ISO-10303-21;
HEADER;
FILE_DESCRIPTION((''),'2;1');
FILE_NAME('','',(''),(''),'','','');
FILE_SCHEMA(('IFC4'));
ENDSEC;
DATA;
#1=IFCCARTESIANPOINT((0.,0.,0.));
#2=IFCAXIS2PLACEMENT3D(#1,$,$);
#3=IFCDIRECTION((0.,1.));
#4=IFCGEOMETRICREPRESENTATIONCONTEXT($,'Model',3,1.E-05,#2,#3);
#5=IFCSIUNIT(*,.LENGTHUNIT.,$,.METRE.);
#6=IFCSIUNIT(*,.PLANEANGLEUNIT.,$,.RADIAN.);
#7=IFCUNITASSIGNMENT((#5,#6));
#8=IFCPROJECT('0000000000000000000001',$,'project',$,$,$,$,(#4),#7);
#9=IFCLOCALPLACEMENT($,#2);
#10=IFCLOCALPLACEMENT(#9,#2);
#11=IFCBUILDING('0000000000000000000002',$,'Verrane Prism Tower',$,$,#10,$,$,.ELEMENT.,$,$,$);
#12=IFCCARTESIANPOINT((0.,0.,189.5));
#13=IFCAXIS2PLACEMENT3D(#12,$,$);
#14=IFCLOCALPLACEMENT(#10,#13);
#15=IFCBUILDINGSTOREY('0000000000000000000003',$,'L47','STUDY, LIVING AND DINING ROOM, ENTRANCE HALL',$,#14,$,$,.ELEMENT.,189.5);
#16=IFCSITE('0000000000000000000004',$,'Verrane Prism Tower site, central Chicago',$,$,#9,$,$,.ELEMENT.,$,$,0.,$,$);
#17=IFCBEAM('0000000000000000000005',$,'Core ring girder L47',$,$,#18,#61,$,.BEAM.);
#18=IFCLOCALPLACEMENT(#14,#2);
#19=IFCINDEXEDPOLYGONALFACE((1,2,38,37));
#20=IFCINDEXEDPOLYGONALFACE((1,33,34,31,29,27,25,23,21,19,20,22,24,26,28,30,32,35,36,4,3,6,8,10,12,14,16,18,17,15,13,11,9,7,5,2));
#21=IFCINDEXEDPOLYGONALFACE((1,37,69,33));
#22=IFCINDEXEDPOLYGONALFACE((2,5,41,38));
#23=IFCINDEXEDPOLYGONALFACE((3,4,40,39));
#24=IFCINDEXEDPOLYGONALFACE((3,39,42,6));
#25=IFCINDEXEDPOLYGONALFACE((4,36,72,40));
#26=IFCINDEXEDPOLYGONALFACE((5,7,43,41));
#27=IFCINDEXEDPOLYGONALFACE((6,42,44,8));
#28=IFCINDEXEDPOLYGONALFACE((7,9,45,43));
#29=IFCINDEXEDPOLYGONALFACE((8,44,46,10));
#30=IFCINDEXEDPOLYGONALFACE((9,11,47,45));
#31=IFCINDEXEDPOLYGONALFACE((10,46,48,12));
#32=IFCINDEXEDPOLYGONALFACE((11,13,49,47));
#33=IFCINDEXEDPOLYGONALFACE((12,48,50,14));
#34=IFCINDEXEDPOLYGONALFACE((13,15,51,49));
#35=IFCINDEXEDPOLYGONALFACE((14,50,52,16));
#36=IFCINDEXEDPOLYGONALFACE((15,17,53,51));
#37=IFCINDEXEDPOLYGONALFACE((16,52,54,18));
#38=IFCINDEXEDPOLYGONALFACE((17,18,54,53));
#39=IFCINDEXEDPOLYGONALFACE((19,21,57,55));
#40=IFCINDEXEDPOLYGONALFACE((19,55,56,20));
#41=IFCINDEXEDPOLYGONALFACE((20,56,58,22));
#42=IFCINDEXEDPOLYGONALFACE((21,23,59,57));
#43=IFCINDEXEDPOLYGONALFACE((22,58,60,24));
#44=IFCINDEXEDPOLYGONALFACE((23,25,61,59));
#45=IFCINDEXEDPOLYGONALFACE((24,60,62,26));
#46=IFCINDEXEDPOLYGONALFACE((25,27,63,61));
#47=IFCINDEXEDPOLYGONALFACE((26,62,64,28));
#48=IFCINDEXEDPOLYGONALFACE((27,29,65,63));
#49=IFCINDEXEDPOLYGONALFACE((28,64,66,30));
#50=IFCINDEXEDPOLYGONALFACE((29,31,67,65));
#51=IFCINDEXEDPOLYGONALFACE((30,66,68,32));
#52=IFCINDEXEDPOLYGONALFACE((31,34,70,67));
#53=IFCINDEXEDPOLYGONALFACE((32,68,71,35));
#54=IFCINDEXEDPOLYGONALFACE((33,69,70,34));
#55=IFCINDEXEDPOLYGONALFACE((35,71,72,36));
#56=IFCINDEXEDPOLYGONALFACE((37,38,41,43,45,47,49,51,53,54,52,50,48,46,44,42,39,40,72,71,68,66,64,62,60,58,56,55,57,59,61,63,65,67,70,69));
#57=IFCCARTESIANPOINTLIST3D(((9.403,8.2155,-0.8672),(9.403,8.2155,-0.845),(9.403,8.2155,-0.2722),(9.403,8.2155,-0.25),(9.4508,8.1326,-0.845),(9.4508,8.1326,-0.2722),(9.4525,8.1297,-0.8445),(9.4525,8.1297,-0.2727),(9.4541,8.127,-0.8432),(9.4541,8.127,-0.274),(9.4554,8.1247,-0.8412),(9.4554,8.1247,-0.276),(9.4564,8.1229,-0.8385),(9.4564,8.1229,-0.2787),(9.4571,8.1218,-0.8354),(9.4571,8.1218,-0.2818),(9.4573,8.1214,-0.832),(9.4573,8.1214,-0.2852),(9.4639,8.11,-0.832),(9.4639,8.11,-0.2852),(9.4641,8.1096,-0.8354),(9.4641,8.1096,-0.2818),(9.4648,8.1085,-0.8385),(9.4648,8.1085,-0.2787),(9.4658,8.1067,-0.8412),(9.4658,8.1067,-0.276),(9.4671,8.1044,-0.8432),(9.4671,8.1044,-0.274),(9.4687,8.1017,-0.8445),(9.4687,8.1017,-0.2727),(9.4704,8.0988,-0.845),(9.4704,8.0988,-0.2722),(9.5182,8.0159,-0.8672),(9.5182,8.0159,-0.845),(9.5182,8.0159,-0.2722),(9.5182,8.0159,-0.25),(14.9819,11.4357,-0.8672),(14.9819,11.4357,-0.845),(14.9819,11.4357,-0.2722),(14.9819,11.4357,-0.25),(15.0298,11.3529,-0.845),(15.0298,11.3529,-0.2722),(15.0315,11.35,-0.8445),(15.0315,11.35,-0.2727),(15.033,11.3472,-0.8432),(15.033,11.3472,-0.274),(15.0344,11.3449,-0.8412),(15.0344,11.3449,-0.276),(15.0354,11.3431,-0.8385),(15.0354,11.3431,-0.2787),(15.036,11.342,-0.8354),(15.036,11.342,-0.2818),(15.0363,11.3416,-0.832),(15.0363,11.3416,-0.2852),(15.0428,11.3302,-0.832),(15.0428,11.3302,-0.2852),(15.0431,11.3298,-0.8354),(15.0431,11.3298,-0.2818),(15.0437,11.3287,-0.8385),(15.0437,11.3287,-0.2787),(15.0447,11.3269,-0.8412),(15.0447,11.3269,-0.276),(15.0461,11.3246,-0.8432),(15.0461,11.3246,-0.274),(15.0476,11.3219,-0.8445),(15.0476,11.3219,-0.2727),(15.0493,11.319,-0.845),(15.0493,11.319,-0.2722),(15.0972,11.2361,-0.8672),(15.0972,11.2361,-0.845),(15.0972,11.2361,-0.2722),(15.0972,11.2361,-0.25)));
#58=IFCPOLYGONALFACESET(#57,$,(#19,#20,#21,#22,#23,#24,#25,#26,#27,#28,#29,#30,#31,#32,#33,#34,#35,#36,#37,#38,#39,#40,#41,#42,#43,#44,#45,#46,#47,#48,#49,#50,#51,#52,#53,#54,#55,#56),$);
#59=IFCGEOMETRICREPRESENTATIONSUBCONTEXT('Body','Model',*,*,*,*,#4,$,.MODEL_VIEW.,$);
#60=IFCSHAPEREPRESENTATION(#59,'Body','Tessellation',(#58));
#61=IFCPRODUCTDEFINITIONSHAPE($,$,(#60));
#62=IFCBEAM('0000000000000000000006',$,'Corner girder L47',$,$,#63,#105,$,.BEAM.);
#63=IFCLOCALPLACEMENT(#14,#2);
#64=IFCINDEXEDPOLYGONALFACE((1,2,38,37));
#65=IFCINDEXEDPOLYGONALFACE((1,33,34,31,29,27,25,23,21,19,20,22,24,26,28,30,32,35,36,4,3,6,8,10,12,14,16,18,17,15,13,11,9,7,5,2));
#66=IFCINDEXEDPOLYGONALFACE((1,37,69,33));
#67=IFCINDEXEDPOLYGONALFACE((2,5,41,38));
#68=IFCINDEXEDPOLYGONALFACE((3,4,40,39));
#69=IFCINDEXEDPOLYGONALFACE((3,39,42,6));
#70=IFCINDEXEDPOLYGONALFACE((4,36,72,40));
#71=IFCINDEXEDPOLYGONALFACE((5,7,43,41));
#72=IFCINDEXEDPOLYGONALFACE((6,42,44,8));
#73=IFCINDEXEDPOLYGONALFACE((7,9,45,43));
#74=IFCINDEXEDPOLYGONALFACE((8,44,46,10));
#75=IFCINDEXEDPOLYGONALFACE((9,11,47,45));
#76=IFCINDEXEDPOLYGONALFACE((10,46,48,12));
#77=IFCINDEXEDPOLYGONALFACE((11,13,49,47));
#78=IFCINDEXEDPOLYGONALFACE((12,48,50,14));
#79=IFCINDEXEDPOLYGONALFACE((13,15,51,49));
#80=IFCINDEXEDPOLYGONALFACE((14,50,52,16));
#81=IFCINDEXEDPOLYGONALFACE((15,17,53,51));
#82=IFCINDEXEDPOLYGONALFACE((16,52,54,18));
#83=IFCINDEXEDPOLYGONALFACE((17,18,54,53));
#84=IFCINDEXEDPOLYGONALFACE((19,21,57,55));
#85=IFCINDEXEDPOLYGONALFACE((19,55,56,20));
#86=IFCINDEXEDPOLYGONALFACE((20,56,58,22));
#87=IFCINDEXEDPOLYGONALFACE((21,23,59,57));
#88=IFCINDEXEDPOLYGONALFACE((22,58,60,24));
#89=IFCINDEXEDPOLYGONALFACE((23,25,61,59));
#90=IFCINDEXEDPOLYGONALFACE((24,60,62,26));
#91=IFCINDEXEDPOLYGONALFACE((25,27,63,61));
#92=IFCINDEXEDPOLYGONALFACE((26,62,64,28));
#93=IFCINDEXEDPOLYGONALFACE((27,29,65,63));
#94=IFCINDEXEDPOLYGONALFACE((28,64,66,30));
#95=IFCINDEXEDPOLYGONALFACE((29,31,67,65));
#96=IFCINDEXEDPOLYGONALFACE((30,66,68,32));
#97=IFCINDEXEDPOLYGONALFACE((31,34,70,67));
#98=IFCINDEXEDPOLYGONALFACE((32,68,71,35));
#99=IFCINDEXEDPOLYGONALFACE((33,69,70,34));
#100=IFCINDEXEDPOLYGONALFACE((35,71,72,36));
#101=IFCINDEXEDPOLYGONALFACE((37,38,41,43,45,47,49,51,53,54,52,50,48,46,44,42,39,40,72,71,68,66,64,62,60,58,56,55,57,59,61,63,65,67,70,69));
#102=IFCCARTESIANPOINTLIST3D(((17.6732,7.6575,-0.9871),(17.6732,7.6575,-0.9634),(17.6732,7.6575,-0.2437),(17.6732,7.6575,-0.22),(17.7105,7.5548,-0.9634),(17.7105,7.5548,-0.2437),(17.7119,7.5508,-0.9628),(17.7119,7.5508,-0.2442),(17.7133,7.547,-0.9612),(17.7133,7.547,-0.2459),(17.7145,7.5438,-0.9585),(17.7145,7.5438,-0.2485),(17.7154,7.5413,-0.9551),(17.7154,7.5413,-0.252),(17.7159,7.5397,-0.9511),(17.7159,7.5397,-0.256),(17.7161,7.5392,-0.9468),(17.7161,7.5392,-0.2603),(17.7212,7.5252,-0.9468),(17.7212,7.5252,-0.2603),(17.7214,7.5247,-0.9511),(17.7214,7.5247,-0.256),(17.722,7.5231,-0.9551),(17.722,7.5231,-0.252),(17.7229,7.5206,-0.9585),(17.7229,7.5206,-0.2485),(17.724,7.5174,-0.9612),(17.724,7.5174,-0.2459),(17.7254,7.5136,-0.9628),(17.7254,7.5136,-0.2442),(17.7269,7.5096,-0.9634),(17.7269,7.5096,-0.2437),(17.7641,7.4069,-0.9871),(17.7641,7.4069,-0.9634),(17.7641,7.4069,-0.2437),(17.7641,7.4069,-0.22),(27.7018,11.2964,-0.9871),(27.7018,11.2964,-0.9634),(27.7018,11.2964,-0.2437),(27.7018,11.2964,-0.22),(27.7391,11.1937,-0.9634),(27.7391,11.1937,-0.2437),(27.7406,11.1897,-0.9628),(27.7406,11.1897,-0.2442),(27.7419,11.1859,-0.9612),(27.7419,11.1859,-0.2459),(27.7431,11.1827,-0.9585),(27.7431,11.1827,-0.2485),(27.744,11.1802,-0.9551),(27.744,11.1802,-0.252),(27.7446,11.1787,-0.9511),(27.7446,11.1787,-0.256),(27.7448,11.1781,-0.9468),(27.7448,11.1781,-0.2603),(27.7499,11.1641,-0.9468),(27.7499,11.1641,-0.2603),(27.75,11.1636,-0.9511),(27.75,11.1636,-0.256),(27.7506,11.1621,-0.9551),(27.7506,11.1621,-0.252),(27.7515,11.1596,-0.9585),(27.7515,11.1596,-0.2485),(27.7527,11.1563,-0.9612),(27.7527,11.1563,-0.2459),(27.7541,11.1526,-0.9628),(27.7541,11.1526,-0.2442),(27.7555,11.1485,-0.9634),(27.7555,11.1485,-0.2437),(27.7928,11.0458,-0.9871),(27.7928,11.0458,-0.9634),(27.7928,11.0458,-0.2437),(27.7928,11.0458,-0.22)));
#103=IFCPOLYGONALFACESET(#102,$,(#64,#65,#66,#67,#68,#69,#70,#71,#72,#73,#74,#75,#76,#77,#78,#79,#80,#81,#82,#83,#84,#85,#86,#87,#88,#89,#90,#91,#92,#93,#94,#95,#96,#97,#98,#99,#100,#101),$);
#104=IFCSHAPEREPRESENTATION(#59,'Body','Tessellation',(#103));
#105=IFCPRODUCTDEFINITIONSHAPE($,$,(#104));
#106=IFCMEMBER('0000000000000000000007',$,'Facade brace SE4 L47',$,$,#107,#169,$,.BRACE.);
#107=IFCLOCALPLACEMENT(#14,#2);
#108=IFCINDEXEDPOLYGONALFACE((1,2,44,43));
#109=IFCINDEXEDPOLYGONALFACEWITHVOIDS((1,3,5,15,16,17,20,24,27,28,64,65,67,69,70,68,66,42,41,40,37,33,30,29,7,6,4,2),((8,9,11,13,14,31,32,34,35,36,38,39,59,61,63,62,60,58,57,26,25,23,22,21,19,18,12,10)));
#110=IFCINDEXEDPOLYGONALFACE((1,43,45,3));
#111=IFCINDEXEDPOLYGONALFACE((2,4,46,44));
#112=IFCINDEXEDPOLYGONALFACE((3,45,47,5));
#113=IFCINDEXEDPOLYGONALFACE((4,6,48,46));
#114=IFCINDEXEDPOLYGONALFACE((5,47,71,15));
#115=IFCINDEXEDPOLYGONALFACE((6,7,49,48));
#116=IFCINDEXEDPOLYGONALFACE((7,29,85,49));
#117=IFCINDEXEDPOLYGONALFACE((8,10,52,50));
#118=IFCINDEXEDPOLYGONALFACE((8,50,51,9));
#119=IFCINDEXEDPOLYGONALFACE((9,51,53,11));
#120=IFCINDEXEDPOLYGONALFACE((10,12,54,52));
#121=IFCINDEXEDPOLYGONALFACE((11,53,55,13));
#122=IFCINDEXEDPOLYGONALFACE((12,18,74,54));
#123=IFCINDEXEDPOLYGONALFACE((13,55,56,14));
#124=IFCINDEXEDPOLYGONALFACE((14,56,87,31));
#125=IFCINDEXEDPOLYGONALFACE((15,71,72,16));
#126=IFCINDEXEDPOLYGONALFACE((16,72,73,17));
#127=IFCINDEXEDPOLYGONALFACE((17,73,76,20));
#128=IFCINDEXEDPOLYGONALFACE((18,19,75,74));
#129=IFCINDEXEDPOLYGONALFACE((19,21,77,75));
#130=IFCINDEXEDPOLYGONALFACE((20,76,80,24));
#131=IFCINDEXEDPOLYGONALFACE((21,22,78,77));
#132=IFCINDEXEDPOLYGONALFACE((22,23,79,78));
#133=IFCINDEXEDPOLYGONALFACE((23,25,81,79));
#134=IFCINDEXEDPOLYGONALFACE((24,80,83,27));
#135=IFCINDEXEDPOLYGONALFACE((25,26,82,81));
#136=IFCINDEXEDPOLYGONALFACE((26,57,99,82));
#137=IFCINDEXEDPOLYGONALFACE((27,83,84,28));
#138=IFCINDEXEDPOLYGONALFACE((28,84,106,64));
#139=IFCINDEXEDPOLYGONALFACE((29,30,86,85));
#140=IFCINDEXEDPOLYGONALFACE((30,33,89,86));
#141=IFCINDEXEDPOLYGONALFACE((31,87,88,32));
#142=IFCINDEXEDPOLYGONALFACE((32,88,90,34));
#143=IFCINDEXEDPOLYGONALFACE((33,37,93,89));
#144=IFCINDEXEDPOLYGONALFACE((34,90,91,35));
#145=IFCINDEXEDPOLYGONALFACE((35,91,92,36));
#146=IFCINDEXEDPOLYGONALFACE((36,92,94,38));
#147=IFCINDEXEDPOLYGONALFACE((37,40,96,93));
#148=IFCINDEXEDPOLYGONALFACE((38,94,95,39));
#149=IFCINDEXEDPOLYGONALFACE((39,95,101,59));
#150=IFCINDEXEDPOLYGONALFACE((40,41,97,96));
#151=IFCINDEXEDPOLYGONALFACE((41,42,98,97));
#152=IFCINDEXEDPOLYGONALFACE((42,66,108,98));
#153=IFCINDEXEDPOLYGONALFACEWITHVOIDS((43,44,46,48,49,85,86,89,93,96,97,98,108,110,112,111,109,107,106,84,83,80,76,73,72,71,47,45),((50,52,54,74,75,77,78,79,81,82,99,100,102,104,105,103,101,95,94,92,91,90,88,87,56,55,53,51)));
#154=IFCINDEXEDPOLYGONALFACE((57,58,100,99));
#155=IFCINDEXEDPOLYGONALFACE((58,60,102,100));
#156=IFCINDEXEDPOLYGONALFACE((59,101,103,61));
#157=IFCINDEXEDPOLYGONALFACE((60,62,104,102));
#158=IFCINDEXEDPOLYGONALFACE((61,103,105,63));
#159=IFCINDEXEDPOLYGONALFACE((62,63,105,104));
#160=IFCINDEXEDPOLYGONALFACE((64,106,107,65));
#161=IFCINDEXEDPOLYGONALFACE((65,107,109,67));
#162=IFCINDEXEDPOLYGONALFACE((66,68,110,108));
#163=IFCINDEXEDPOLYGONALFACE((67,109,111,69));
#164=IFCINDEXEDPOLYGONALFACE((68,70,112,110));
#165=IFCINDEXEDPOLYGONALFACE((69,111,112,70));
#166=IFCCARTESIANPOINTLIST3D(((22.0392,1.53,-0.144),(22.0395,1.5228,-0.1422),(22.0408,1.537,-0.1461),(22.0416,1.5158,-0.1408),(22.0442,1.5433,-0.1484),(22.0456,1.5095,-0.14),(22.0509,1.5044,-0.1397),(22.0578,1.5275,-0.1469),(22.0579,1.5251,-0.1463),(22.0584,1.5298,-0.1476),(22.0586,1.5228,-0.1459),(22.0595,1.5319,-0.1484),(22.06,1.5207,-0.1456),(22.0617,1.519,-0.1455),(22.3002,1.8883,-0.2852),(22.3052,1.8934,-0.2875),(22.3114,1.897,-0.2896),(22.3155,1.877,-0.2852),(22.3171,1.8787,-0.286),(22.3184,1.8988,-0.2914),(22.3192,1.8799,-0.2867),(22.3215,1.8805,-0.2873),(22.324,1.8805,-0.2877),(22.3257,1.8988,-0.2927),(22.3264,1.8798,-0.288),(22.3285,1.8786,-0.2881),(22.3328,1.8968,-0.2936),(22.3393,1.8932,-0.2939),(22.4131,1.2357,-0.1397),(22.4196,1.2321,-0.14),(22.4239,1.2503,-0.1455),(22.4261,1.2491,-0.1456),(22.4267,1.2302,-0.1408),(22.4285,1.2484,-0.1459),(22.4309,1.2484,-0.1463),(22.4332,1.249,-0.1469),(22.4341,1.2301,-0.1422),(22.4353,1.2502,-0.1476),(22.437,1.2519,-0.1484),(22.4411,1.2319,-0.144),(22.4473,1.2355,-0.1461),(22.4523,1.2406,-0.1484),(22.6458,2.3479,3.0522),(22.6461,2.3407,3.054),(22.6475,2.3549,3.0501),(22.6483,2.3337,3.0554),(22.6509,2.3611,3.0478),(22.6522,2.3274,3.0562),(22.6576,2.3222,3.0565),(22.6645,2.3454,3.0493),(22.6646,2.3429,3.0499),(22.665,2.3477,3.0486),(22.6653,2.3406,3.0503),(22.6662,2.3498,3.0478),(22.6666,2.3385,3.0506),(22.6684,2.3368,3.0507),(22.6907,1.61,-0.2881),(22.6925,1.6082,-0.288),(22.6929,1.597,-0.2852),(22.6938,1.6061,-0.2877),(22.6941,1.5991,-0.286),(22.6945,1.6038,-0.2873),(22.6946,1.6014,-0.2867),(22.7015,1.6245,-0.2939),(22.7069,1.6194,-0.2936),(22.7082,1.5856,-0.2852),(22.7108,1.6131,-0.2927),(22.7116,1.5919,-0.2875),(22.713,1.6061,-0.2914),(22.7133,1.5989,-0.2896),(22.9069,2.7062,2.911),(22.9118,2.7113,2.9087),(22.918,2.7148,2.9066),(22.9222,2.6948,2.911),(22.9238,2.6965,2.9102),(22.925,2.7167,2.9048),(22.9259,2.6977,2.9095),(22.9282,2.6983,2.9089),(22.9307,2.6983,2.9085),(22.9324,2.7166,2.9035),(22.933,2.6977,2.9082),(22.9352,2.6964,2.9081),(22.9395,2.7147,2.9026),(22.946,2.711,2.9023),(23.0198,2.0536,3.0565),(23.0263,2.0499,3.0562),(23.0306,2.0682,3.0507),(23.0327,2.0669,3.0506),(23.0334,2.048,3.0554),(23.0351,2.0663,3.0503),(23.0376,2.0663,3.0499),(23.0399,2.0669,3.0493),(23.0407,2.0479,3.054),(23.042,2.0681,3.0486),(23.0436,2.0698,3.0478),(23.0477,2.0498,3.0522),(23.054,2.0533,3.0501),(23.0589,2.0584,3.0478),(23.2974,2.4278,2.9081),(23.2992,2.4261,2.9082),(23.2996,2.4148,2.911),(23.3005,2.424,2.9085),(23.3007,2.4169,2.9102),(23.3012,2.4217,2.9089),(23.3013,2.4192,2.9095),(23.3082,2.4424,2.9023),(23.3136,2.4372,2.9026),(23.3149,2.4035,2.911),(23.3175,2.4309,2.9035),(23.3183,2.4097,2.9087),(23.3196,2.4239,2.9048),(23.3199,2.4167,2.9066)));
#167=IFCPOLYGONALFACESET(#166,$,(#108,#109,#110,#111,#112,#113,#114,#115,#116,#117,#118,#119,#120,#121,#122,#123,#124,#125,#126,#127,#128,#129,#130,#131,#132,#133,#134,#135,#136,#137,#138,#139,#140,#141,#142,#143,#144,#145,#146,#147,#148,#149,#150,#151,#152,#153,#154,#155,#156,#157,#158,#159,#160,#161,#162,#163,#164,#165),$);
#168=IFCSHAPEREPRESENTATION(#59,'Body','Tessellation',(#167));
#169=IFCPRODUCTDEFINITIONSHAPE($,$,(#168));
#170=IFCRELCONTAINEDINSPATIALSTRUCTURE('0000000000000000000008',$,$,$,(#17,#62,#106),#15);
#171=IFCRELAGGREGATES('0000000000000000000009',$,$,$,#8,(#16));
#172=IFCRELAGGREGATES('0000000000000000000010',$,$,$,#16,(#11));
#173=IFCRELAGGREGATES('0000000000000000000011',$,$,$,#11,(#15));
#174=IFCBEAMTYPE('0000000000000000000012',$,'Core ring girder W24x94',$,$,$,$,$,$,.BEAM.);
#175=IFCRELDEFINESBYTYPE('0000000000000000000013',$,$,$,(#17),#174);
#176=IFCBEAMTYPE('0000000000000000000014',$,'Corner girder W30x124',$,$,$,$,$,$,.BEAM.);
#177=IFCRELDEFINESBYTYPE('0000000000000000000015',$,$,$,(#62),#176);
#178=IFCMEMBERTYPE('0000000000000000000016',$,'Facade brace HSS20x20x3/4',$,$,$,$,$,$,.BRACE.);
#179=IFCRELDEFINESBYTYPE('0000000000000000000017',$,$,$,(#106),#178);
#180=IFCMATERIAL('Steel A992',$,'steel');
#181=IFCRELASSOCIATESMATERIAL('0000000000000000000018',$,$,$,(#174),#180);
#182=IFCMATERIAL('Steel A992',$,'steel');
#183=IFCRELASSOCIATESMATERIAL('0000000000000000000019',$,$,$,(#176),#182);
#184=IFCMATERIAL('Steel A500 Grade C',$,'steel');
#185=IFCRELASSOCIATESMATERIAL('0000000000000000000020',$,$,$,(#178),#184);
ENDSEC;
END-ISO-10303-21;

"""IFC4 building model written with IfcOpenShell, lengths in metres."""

from ifc_helpers import new_model, si_unit, direction, frame, origin, origin_2d, place, context, subcontext, project, spatial, hollow_rectangle, i_section, extrude, material, material_profile, profile_set, type_object, element, save


model = new_model("IFC4")

# Units and contexts
model_context = context("Model", 3, precision=1e-05, world=origin(), true_north=direction((0.0, 1.0)))
body_context = subcontext(model_context, "Body", "Model", "MODEL_VIEW")
ifc_project = project(units=[si_unit("LENGTHUNIT", "METRE"), si_unit("PLANEANGLEUNIT", "RADIAN")], contexts=[model_context])

# Site, building, storey
site_placement = place(None, origin())
site = spatial("IfcSite", under=ifc_project, at=site_placement, Name="Verrane Prism Tower site, central Chicago", CompositionType="ELEMENT", RefElevation=0.0)
building_placement = place(site_placement, origin())
building = spatial("IfcBuilding", under=site, at=building_placement, Name="Verrane Prism Tower", CompositionType="ELEMENT")
storey_placement = place(building_placement, frame((0.0, 0.0, 189.5)))
storey = spatial("IfcBuildingStorey", under=building, at=storey_placement, Name="L47", Description="STUDY, LIVING AND DINING ROOM, ENTRANCE HALL", CompositionType="ELEMENT", Elevation=189.5)

# Beams
ifc_material_1 = material(Name="Steel A992", Category="steel")
ifc_material_profile_1 = material_profile(ifc_material_1, i_section(OverallWidth=0.2305, OverallDepth=0.6172, WebThickness=0.0132, FlangeThickness=0.0222, FilletRadius=0.0129, at=origin_2d()), Name="W24x94")
ifc_profile_set_1 = profile_set([ifc_material_profile_1], Name="Steel A992")
beam_type_1 = type_object("IfcBeamType", Name="Core ring girder W24x94", PredefinedType="BEAM", material=ifc_profile_set_1)
beam_1_placement = place(storey_placement, frame((15.0396, 11.3359, -0.5586), z_axis=(-0.866075, -0.499914, 0.0), x_axis=(0.499914, -0.866075, 0.0)))
element("IfcBeam", 1, at=beam_1_placement, inside=storey, type_object=beam_type_1, Name="Core ring girder L47", PredefinedType="BEAM", context=body_context, shape_type="SweptSolid", body=[
    extrude(i_section(OverallWidth=0.2305, OverallDepth=0.6172, WebThickness=0.0132, FlangeThickness=0.0222, FilletRadius=0.0129, at=origin_2d()), origin(), (0.0, 0.0, 1.0), 6.4417),
])
ifc_material_2 = material(Name="Steel A992", Category="steel")
ifc_material_profile_2 = material_profile(ifc_material_2, i_section(OverallWidth=0.2666, OverallDepth=0.7671, WebThickness=0.0149, FlangeThickness=0.0237, FilletRadius=0.0166, at=origin_2d()), Name="W30x124")
ifc_profile_set_2 = profile_set([ifc_material_profile_2], Name="Steel A992")
beam_type_2 = type_object("IfcBeamType", Name="Corner girder W30x124", PredefinedType="BEAM", material=ifc_profile_set_2)
beam_2_placement = place(storey_placement, frame((27.7473, 11.1711, -0.6035), z_axis=(-0.940029, -0.341094, 0.0), x_axis=(0.341094, -0.940029, 0.0)))
element("IfcBeam", 2, at=beam_2_placement, inside=storey, type_object=beam_type_2, Name="Corner girder L47", PredefinedType="BEAM", context=body_context, shape_type="SweptSolid", body=[
    extrude(i_section(OverallWidth=0.2666, OverallDepth=0.7671, WebThickness=0.0149, FlangeThickness=0.0237, FilletRadius=0.0166, at=origin_2d()), origin(), (0.0, 0.0, 1.0), 10.6685),
])

# Member
ifc_material_3 = material(Name="Steel A500 Grade C", Category="steel")
ifc_material_profile_3 = material_profile(ifc_material_3, hollow_rectangle(XDim=0.5081, YDim=0.5081, WallThickness=0.019, InnerFilletRadius=0.0095, OuterFilletRadius=0.0286, at=origin_2d()), Name="HSS20x20x3/4")
ifc_profile_set_3 = profile_set([ifc_material_profile_3], Name="Steel A500 Grade C")
member_type_1 = type_object("IfcMemberType", Name="Facade brace HSS20x20x3/4", PredefinedType="BRACE", material=ifc_profile_set_3)
member_1_placement = place(storey_placement, frame((22.3762, 1.5645, -0.2168), z_axis=(0.180854, 0.243807, 0.952812), x_axis=(-0.803154, 0.595772, 0.0)))
element("IfcMember", 3, at=member_1_placement, inside=storey, type_object=member_type_1, Name="Facade brace SE4 L47", PredefinedType="BRACE", context=body_context, shape_type="SweptSolid", body=[
    extrude(hollow_rectangle(XDim=0.5081, YDim=0.5081, WallThickness=0.019, InnerFilletRadius=0.0095, OuterFilletRadius=0.0286, at=origin_2d()), origin(), (0.0, 0.0, 1.0), 3.3545),
])

save(model, "model.ifc")
